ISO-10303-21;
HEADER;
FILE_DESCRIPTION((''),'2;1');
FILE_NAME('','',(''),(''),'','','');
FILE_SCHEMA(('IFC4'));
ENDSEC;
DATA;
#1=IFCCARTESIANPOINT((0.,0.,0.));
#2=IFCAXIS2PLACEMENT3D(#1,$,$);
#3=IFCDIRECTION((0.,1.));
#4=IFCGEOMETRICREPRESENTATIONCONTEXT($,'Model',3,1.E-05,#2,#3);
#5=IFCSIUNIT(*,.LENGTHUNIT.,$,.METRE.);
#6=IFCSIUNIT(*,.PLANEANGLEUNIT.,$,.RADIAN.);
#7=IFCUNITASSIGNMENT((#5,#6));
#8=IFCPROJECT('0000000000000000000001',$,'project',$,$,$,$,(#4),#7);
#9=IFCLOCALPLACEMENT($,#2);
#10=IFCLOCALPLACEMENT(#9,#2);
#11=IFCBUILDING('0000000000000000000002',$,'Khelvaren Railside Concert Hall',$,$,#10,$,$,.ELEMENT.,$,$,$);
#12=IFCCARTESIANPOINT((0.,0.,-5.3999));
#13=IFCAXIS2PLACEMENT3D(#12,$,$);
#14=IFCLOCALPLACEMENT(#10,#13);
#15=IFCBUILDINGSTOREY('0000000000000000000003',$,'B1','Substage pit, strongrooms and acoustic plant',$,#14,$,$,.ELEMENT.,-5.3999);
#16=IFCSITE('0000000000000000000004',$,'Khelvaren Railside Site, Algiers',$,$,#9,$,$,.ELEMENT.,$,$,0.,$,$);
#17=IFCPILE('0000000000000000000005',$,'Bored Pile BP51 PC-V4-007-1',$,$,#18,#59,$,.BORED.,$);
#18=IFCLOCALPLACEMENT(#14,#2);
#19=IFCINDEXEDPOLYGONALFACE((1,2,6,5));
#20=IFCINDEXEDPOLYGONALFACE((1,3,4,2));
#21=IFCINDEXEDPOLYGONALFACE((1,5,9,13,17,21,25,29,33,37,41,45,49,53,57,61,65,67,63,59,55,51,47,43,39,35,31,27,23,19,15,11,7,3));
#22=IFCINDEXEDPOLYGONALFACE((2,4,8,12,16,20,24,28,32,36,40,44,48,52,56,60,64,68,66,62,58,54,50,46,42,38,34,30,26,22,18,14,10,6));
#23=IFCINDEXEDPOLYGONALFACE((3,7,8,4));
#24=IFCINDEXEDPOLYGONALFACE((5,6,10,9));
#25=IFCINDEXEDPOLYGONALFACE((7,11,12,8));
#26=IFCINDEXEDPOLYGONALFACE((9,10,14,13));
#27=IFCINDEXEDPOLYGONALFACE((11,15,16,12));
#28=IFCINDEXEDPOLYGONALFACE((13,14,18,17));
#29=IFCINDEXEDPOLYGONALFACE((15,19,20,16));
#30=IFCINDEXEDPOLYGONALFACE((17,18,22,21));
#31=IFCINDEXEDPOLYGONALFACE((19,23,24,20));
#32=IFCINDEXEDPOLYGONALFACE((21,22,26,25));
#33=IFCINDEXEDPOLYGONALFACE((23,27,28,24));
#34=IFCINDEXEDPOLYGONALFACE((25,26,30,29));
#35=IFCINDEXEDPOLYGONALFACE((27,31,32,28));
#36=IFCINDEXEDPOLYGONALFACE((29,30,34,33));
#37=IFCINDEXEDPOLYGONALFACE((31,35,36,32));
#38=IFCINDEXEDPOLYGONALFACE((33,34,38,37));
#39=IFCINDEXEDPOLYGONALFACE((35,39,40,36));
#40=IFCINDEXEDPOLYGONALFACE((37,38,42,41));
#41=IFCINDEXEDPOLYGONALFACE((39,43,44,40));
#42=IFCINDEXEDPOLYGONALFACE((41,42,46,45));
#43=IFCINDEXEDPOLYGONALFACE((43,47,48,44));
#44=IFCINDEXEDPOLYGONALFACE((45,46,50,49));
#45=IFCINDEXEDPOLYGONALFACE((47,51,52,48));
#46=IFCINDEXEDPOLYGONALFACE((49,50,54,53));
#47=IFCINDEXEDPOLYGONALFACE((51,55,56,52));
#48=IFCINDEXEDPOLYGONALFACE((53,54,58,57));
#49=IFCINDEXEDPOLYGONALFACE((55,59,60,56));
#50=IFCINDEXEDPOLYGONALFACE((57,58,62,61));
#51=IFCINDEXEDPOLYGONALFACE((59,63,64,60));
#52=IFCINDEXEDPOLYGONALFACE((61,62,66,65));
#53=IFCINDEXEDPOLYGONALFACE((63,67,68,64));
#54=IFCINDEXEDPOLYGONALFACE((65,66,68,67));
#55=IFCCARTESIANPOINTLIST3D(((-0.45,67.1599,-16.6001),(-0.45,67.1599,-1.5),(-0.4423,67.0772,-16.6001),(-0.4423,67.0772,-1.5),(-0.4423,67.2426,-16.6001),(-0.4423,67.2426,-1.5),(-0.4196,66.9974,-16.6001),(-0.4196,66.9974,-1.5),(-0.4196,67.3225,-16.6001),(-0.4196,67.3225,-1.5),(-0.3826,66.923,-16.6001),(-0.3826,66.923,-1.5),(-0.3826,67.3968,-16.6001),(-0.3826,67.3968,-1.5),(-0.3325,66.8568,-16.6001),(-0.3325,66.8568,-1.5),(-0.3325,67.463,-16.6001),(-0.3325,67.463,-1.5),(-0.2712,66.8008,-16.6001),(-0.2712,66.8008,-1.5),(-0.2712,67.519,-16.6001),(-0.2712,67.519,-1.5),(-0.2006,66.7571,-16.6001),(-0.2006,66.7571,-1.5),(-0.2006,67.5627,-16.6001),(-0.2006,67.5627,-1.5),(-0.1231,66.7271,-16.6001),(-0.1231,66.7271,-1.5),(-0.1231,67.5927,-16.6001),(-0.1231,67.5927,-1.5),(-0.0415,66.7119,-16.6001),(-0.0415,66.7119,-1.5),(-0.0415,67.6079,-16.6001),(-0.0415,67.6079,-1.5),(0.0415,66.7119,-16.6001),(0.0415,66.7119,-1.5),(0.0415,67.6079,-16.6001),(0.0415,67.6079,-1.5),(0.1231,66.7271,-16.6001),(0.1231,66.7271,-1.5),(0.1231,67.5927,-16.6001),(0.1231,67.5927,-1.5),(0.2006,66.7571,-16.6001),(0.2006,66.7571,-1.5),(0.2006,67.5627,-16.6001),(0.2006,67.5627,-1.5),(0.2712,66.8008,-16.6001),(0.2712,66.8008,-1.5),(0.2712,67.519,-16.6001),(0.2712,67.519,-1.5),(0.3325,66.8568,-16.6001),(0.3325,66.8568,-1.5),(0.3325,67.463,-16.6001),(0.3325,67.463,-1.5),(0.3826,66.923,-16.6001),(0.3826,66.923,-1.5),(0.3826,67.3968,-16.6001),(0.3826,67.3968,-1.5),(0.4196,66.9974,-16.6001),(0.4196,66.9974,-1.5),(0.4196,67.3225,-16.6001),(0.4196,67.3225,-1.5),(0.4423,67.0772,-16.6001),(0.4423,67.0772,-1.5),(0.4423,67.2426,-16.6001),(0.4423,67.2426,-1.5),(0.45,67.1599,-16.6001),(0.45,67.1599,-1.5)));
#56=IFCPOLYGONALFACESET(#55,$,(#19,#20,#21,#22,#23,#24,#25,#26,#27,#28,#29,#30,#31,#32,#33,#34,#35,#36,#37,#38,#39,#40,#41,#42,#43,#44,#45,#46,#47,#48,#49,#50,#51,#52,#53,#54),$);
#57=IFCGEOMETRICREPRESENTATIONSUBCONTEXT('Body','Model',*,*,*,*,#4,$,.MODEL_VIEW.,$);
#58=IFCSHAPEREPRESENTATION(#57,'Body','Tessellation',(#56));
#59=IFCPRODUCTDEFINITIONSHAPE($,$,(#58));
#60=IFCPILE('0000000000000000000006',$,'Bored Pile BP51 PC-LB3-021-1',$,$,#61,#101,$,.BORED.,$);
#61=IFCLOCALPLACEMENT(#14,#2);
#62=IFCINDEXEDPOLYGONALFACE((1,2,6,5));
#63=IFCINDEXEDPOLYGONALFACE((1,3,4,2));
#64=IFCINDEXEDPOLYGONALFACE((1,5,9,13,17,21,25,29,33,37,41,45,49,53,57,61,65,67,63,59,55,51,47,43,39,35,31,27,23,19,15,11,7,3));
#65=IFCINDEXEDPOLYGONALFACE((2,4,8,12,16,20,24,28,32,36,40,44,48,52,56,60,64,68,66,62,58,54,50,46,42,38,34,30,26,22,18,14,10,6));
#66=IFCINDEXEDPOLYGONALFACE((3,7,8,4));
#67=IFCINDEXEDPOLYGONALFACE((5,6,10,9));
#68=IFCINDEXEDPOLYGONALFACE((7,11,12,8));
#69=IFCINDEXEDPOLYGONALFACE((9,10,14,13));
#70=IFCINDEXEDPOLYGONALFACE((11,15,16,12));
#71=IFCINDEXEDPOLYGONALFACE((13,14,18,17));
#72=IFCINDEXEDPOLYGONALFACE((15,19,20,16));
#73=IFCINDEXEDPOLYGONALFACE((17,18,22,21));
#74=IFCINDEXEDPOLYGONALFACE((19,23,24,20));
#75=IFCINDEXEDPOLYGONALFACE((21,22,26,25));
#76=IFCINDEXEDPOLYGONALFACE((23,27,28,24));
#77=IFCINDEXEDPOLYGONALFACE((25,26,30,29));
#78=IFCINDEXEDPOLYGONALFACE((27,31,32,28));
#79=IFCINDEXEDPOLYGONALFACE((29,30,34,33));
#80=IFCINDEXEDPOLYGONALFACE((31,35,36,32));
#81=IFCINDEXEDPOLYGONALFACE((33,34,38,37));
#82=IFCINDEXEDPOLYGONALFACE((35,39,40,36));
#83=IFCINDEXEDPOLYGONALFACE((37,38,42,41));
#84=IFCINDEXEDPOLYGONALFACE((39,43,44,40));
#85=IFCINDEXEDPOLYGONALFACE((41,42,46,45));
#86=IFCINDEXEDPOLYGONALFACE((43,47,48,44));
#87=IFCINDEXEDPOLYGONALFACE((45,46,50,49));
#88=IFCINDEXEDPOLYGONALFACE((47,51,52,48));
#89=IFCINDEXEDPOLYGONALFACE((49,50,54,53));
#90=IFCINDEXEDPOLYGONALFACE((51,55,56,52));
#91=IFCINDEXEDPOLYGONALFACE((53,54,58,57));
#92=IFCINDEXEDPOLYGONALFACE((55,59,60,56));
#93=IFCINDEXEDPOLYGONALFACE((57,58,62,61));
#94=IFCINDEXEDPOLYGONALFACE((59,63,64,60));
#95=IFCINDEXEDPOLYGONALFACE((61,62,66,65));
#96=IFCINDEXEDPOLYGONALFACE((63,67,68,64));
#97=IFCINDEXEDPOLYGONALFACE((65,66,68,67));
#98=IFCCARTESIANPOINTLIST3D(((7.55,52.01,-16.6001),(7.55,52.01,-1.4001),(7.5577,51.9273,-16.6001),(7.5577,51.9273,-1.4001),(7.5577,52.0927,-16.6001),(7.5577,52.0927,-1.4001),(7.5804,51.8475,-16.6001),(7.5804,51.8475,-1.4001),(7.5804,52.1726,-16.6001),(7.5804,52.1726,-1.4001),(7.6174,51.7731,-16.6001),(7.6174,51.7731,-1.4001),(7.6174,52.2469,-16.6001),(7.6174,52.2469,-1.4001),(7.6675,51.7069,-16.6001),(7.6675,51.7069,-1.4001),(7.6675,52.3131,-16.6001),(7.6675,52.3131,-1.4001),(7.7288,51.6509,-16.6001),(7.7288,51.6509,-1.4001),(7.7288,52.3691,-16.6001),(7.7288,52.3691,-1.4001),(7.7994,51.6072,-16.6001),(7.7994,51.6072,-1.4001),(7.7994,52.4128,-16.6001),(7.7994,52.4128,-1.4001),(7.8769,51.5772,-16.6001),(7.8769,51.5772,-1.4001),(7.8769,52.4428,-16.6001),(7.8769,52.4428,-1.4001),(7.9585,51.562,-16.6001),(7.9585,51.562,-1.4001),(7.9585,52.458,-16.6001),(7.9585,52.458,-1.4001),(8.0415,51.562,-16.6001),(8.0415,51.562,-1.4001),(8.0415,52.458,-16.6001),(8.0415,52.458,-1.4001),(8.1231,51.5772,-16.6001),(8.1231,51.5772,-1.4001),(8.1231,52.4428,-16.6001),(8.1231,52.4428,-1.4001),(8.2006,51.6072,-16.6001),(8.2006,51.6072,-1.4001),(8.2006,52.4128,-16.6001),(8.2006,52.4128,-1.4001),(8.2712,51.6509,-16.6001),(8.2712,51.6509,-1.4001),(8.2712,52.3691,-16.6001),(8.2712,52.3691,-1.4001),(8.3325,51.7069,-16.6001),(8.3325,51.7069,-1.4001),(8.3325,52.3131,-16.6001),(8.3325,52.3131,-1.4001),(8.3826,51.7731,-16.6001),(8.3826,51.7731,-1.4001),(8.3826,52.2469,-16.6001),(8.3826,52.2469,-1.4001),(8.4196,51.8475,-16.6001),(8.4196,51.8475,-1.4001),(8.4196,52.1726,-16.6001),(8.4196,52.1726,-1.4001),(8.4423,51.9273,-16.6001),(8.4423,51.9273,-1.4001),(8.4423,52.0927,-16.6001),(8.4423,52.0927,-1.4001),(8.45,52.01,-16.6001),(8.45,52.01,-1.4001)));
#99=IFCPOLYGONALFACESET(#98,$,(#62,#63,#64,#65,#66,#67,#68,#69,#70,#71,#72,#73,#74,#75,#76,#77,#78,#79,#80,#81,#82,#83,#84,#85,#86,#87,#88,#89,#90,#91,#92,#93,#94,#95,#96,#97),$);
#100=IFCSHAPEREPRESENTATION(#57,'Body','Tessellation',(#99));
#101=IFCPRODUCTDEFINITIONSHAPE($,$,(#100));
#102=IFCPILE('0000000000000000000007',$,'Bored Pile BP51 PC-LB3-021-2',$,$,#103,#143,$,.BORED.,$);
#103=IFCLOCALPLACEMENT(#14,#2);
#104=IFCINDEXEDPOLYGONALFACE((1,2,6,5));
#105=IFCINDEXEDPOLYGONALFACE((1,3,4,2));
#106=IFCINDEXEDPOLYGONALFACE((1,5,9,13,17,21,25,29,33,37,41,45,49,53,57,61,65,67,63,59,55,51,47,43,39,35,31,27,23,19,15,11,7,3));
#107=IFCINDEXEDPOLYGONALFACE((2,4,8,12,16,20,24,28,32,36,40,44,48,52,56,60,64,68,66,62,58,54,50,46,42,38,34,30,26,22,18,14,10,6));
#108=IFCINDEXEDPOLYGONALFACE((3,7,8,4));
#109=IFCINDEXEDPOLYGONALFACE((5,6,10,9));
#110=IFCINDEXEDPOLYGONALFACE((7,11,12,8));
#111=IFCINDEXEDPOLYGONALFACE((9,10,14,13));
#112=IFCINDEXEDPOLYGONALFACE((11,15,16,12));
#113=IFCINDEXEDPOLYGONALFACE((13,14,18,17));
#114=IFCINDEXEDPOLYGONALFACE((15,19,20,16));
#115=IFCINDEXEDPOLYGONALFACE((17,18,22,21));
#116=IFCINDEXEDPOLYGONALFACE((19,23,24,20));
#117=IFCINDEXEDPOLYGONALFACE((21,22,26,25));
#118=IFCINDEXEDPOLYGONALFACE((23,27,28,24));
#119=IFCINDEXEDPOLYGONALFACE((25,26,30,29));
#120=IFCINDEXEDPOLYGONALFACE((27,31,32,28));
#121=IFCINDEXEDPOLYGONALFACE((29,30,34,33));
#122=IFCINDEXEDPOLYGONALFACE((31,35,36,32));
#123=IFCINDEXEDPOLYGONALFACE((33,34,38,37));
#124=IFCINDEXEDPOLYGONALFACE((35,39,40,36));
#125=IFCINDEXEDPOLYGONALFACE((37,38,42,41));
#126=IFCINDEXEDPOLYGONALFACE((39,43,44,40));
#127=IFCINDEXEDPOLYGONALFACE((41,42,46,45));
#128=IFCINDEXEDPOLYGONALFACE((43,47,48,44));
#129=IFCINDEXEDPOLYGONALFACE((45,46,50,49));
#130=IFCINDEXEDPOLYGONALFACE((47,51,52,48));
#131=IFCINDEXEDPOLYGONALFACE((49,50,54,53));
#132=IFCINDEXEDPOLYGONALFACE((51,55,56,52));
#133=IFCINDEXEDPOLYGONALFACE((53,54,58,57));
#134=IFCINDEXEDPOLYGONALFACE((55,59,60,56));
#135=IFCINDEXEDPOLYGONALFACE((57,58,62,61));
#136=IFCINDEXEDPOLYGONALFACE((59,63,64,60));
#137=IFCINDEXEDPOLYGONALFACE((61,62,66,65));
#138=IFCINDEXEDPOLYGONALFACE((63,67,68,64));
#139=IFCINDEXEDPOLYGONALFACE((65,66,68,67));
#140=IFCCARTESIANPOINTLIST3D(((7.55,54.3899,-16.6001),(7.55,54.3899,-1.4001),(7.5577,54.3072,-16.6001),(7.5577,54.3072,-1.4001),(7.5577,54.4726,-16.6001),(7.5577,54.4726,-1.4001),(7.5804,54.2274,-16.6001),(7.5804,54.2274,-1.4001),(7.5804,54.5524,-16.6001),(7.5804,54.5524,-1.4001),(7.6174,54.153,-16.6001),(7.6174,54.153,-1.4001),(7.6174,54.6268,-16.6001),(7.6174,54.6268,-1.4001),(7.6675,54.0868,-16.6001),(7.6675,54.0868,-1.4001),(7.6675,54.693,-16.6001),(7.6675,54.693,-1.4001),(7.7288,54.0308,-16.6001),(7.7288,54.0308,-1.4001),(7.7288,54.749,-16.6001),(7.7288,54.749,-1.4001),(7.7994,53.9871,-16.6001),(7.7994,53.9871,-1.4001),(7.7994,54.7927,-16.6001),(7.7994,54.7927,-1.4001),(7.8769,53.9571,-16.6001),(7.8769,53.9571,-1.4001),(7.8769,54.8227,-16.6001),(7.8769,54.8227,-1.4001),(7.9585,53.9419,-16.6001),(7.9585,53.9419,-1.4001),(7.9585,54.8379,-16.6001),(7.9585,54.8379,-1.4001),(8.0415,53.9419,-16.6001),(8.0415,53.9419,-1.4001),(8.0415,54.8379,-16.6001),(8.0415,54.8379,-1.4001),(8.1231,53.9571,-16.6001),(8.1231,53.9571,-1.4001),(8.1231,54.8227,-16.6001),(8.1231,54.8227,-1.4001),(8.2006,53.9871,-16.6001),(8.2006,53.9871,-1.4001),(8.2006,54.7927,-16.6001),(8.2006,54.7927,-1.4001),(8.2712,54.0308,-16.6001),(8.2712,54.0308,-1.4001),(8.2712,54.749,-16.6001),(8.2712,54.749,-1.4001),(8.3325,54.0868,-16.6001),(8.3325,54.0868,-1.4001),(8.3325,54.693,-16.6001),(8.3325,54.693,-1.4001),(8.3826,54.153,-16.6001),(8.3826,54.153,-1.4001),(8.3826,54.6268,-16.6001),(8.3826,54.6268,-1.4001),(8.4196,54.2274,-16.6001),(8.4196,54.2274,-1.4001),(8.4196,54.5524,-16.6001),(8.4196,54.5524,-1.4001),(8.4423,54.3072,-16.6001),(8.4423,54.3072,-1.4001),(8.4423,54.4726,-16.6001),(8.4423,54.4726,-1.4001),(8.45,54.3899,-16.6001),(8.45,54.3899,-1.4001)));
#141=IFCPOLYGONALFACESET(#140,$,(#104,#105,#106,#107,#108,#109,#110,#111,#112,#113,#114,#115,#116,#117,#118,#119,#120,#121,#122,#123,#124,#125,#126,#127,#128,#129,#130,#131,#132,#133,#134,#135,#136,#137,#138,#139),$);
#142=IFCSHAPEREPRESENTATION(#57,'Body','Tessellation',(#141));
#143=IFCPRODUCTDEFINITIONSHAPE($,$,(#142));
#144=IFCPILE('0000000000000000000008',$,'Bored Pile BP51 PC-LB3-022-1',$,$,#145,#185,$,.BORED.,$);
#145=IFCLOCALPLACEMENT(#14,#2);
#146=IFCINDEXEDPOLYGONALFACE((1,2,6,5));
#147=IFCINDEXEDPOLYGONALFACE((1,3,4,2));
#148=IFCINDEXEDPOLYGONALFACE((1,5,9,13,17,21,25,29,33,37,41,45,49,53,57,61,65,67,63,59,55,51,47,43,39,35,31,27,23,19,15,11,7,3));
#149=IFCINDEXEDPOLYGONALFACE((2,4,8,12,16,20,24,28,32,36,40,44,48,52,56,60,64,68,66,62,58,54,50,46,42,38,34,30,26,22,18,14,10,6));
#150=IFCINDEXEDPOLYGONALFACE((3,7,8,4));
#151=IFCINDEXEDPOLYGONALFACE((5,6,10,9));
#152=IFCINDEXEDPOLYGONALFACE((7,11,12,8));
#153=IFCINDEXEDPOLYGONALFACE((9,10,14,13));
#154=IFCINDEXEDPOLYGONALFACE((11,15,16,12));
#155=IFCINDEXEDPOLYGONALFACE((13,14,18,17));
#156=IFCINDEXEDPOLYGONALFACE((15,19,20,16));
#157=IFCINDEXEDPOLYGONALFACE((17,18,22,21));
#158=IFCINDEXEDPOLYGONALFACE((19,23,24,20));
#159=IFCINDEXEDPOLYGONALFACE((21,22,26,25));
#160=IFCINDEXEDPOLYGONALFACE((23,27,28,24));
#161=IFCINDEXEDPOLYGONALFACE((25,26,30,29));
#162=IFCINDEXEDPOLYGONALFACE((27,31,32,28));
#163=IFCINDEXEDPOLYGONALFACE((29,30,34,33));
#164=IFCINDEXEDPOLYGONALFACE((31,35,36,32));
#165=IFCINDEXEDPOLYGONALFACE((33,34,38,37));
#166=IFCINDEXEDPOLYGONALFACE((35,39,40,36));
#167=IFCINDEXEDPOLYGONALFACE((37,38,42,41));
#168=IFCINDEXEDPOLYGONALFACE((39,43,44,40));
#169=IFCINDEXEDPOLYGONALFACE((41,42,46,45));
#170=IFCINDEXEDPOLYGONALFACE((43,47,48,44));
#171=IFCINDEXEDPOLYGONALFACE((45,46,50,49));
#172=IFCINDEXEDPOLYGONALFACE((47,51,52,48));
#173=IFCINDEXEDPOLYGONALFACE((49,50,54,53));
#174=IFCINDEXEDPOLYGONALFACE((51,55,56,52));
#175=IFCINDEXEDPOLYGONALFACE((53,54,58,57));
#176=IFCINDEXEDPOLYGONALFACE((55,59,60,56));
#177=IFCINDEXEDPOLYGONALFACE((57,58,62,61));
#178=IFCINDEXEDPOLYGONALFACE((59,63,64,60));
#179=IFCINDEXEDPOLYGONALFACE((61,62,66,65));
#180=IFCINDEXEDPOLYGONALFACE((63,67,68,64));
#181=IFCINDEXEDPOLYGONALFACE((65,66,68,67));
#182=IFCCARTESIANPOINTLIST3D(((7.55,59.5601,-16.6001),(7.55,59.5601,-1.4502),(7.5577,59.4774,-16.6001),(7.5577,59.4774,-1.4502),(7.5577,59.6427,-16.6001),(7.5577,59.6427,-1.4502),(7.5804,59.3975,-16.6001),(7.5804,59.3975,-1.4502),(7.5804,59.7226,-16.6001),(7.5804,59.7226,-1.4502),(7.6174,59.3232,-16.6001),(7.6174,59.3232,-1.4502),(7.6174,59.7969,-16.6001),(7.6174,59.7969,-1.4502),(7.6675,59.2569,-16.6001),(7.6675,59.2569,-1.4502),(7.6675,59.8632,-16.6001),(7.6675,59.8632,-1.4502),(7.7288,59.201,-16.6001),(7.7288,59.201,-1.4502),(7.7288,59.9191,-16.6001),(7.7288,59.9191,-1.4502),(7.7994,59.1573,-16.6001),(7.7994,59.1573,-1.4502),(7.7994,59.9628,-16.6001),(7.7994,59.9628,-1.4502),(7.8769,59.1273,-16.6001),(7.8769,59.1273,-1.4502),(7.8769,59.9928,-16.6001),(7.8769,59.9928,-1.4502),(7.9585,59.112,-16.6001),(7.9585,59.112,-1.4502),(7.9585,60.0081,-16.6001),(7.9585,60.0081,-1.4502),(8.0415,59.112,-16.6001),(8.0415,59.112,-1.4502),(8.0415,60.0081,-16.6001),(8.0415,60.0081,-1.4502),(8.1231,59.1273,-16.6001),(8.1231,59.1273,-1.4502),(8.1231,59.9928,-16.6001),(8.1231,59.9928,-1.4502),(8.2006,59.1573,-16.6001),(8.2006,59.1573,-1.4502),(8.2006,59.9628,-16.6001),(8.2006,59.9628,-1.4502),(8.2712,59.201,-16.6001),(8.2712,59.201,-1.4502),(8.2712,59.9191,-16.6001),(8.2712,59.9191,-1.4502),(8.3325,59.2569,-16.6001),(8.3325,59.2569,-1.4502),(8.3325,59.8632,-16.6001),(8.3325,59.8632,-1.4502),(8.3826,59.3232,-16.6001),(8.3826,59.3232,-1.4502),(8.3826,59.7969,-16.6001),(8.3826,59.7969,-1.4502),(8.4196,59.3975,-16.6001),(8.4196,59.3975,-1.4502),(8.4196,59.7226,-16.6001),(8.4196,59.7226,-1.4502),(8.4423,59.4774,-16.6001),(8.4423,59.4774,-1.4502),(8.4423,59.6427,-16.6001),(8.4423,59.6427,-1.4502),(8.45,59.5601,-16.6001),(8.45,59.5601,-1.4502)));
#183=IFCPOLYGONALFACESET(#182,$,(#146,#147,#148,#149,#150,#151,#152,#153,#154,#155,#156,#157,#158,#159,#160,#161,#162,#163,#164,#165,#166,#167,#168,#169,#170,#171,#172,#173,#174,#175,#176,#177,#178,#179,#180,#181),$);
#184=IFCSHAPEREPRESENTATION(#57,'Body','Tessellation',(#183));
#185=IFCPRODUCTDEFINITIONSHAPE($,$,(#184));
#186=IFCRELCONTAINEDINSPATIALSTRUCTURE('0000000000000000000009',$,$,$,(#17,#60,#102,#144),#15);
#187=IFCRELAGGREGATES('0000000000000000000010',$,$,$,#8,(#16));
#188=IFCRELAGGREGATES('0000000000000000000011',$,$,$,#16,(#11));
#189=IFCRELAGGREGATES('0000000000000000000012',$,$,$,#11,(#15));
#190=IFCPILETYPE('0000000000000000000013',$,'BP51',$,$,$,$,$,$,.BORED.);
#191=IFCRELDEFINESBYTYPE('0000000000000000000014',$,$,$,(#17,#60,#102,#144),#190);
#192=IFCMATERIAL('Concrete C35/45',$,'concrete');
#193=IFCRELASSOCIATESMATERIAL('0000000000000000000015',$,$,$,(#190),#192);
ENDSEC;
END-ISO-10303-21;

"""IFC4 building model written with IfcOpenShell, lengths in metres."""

from ifc_helpers import new_model, si_unit, direction, frame, origin, origin_2d, place, context, subcontext, project, spatial, circle, extrude, material, material_profile, profile_set, type_object, element, save


model = new_model("IFC4")

# Units and contexts
model_context = context("Model", 3, precision=1e-05, world=origin(), true_north=direction((0.0, 1.0)))
body_context = subcontext(model_context, "Body", "Model", "MODEL_VIEW")
ifc_project = project(units=[si_unit("LENGTHUNIT", "METRE"), si_unit("PLANEANGLEUNIT", "RADIAN")], contexts=[model_context])

# Site, building, storey
site_placement = place(None, origin())
site = spatial("IfcSite", under=ifc_project, at=site_placement, Name="Khelvaren Railside Site, Algiers", CompositionType="ELEMENT", RefElevation=0.0)
building_placement = place(site_placement, origin())
building = spatial("IfcBuilding", under=site, at=building_placement, Name="Khelvaren Railside Concert Hall", CompositionType="ELEMENT")
storey_placement = place(building_placement, frame((0.0, 0.0, -5.3999)))
storey = spatial("IfcBuildingStorey", under=building, at=storey_placement, Name="B1", Description="Substage pit, strongrooms and acoustic plant", CompositionType="ELEMENT", Elevation=-5.3999)

# Piles
ifc_material_1 = material(Name="Concrete C35/45", Category="concrete")
ifc_material_profile_1 = material_profile(ifc_material_1, circle(Radius=0.45, at=origin_2d()), Name="BP D900")
ifc_profile_set_1 = profile_set([ifc_material_profile_1], Name="Concrete C35/45")
pile_type_1 = type_object("IfcPileType", Name="BP51", PredefinedType="BORED", material=ifc_profile_set_1)
pile_1_placement = place(storey_placement, frame((0.0, 67.1599, -1.5), z_axis=(0.0, 0.0, -1.0), x_axis=(1.0, 0.0, 0.0)))
element("IfcPile", 1, at=pile_1_placement, inside=storey, type_object=pile_type_1, Name="Bored Pile BP51 PC-V4-007-1", PredefinedType="BORED", context=body_context, shape_type="SweptSolid", body=[
    extrude(circle(Radius=0.45, at=origin_2d()), origin(), (0.0, 0.0, 1.0), 15.1001),
])
for number, where, z_axis, x_axis, name in (
    (2, (8.0, 52.01, -1.4001), (0.0, 0.0, -1.0), (1.0, 0.0, 0.0), "Bored Pile BP51 PC-LB3-021-1"),
    (3, (8.0, 54.3899, -1.4001), (0.0, 0.0, -1.0), (1.0, 0.0, 0.0), "Bored Pile BP51 PC-LB3-021-2"),
):
    element("IfcPile", number, at=place(storey_placement, frame(where, z_axis=z_axis, x_axis=x_axis)), inside=storey, type_object=pile_type_1, Name=name, PredefinedType="BORED", context=body_context, shape_type="SweptSolid", body=[
        extrude(circle(Radius=0.45, at=origin_2d()), origin(), (0.0, 0.0, 1.0), 15.2),
    ])
for number, where, z_axis, x_axis, name in (
    (4, (8.0, 59.5601, -1.4502), (0.0, 0.0, -1.0), (1.0, 0.0, 0.0), "Bored Pile BP51 PC-LB3-022-1"),
):
    element("IfcPile", number, at=place(storey_placement, frame(where, z_axis=z_axis, x_axis=x_axis)), inside=storey, type_object=pile_type_1, Name=name, PredefinedType="BORED", context=body_context, shape_type="SweptSolid", body=[
        extrude(circle(Radius=0.45, at=origin_2d()), origin(), (0.0, 0.0, 1.0), 15.1499),
    ])

save(model, "model.ifc")
